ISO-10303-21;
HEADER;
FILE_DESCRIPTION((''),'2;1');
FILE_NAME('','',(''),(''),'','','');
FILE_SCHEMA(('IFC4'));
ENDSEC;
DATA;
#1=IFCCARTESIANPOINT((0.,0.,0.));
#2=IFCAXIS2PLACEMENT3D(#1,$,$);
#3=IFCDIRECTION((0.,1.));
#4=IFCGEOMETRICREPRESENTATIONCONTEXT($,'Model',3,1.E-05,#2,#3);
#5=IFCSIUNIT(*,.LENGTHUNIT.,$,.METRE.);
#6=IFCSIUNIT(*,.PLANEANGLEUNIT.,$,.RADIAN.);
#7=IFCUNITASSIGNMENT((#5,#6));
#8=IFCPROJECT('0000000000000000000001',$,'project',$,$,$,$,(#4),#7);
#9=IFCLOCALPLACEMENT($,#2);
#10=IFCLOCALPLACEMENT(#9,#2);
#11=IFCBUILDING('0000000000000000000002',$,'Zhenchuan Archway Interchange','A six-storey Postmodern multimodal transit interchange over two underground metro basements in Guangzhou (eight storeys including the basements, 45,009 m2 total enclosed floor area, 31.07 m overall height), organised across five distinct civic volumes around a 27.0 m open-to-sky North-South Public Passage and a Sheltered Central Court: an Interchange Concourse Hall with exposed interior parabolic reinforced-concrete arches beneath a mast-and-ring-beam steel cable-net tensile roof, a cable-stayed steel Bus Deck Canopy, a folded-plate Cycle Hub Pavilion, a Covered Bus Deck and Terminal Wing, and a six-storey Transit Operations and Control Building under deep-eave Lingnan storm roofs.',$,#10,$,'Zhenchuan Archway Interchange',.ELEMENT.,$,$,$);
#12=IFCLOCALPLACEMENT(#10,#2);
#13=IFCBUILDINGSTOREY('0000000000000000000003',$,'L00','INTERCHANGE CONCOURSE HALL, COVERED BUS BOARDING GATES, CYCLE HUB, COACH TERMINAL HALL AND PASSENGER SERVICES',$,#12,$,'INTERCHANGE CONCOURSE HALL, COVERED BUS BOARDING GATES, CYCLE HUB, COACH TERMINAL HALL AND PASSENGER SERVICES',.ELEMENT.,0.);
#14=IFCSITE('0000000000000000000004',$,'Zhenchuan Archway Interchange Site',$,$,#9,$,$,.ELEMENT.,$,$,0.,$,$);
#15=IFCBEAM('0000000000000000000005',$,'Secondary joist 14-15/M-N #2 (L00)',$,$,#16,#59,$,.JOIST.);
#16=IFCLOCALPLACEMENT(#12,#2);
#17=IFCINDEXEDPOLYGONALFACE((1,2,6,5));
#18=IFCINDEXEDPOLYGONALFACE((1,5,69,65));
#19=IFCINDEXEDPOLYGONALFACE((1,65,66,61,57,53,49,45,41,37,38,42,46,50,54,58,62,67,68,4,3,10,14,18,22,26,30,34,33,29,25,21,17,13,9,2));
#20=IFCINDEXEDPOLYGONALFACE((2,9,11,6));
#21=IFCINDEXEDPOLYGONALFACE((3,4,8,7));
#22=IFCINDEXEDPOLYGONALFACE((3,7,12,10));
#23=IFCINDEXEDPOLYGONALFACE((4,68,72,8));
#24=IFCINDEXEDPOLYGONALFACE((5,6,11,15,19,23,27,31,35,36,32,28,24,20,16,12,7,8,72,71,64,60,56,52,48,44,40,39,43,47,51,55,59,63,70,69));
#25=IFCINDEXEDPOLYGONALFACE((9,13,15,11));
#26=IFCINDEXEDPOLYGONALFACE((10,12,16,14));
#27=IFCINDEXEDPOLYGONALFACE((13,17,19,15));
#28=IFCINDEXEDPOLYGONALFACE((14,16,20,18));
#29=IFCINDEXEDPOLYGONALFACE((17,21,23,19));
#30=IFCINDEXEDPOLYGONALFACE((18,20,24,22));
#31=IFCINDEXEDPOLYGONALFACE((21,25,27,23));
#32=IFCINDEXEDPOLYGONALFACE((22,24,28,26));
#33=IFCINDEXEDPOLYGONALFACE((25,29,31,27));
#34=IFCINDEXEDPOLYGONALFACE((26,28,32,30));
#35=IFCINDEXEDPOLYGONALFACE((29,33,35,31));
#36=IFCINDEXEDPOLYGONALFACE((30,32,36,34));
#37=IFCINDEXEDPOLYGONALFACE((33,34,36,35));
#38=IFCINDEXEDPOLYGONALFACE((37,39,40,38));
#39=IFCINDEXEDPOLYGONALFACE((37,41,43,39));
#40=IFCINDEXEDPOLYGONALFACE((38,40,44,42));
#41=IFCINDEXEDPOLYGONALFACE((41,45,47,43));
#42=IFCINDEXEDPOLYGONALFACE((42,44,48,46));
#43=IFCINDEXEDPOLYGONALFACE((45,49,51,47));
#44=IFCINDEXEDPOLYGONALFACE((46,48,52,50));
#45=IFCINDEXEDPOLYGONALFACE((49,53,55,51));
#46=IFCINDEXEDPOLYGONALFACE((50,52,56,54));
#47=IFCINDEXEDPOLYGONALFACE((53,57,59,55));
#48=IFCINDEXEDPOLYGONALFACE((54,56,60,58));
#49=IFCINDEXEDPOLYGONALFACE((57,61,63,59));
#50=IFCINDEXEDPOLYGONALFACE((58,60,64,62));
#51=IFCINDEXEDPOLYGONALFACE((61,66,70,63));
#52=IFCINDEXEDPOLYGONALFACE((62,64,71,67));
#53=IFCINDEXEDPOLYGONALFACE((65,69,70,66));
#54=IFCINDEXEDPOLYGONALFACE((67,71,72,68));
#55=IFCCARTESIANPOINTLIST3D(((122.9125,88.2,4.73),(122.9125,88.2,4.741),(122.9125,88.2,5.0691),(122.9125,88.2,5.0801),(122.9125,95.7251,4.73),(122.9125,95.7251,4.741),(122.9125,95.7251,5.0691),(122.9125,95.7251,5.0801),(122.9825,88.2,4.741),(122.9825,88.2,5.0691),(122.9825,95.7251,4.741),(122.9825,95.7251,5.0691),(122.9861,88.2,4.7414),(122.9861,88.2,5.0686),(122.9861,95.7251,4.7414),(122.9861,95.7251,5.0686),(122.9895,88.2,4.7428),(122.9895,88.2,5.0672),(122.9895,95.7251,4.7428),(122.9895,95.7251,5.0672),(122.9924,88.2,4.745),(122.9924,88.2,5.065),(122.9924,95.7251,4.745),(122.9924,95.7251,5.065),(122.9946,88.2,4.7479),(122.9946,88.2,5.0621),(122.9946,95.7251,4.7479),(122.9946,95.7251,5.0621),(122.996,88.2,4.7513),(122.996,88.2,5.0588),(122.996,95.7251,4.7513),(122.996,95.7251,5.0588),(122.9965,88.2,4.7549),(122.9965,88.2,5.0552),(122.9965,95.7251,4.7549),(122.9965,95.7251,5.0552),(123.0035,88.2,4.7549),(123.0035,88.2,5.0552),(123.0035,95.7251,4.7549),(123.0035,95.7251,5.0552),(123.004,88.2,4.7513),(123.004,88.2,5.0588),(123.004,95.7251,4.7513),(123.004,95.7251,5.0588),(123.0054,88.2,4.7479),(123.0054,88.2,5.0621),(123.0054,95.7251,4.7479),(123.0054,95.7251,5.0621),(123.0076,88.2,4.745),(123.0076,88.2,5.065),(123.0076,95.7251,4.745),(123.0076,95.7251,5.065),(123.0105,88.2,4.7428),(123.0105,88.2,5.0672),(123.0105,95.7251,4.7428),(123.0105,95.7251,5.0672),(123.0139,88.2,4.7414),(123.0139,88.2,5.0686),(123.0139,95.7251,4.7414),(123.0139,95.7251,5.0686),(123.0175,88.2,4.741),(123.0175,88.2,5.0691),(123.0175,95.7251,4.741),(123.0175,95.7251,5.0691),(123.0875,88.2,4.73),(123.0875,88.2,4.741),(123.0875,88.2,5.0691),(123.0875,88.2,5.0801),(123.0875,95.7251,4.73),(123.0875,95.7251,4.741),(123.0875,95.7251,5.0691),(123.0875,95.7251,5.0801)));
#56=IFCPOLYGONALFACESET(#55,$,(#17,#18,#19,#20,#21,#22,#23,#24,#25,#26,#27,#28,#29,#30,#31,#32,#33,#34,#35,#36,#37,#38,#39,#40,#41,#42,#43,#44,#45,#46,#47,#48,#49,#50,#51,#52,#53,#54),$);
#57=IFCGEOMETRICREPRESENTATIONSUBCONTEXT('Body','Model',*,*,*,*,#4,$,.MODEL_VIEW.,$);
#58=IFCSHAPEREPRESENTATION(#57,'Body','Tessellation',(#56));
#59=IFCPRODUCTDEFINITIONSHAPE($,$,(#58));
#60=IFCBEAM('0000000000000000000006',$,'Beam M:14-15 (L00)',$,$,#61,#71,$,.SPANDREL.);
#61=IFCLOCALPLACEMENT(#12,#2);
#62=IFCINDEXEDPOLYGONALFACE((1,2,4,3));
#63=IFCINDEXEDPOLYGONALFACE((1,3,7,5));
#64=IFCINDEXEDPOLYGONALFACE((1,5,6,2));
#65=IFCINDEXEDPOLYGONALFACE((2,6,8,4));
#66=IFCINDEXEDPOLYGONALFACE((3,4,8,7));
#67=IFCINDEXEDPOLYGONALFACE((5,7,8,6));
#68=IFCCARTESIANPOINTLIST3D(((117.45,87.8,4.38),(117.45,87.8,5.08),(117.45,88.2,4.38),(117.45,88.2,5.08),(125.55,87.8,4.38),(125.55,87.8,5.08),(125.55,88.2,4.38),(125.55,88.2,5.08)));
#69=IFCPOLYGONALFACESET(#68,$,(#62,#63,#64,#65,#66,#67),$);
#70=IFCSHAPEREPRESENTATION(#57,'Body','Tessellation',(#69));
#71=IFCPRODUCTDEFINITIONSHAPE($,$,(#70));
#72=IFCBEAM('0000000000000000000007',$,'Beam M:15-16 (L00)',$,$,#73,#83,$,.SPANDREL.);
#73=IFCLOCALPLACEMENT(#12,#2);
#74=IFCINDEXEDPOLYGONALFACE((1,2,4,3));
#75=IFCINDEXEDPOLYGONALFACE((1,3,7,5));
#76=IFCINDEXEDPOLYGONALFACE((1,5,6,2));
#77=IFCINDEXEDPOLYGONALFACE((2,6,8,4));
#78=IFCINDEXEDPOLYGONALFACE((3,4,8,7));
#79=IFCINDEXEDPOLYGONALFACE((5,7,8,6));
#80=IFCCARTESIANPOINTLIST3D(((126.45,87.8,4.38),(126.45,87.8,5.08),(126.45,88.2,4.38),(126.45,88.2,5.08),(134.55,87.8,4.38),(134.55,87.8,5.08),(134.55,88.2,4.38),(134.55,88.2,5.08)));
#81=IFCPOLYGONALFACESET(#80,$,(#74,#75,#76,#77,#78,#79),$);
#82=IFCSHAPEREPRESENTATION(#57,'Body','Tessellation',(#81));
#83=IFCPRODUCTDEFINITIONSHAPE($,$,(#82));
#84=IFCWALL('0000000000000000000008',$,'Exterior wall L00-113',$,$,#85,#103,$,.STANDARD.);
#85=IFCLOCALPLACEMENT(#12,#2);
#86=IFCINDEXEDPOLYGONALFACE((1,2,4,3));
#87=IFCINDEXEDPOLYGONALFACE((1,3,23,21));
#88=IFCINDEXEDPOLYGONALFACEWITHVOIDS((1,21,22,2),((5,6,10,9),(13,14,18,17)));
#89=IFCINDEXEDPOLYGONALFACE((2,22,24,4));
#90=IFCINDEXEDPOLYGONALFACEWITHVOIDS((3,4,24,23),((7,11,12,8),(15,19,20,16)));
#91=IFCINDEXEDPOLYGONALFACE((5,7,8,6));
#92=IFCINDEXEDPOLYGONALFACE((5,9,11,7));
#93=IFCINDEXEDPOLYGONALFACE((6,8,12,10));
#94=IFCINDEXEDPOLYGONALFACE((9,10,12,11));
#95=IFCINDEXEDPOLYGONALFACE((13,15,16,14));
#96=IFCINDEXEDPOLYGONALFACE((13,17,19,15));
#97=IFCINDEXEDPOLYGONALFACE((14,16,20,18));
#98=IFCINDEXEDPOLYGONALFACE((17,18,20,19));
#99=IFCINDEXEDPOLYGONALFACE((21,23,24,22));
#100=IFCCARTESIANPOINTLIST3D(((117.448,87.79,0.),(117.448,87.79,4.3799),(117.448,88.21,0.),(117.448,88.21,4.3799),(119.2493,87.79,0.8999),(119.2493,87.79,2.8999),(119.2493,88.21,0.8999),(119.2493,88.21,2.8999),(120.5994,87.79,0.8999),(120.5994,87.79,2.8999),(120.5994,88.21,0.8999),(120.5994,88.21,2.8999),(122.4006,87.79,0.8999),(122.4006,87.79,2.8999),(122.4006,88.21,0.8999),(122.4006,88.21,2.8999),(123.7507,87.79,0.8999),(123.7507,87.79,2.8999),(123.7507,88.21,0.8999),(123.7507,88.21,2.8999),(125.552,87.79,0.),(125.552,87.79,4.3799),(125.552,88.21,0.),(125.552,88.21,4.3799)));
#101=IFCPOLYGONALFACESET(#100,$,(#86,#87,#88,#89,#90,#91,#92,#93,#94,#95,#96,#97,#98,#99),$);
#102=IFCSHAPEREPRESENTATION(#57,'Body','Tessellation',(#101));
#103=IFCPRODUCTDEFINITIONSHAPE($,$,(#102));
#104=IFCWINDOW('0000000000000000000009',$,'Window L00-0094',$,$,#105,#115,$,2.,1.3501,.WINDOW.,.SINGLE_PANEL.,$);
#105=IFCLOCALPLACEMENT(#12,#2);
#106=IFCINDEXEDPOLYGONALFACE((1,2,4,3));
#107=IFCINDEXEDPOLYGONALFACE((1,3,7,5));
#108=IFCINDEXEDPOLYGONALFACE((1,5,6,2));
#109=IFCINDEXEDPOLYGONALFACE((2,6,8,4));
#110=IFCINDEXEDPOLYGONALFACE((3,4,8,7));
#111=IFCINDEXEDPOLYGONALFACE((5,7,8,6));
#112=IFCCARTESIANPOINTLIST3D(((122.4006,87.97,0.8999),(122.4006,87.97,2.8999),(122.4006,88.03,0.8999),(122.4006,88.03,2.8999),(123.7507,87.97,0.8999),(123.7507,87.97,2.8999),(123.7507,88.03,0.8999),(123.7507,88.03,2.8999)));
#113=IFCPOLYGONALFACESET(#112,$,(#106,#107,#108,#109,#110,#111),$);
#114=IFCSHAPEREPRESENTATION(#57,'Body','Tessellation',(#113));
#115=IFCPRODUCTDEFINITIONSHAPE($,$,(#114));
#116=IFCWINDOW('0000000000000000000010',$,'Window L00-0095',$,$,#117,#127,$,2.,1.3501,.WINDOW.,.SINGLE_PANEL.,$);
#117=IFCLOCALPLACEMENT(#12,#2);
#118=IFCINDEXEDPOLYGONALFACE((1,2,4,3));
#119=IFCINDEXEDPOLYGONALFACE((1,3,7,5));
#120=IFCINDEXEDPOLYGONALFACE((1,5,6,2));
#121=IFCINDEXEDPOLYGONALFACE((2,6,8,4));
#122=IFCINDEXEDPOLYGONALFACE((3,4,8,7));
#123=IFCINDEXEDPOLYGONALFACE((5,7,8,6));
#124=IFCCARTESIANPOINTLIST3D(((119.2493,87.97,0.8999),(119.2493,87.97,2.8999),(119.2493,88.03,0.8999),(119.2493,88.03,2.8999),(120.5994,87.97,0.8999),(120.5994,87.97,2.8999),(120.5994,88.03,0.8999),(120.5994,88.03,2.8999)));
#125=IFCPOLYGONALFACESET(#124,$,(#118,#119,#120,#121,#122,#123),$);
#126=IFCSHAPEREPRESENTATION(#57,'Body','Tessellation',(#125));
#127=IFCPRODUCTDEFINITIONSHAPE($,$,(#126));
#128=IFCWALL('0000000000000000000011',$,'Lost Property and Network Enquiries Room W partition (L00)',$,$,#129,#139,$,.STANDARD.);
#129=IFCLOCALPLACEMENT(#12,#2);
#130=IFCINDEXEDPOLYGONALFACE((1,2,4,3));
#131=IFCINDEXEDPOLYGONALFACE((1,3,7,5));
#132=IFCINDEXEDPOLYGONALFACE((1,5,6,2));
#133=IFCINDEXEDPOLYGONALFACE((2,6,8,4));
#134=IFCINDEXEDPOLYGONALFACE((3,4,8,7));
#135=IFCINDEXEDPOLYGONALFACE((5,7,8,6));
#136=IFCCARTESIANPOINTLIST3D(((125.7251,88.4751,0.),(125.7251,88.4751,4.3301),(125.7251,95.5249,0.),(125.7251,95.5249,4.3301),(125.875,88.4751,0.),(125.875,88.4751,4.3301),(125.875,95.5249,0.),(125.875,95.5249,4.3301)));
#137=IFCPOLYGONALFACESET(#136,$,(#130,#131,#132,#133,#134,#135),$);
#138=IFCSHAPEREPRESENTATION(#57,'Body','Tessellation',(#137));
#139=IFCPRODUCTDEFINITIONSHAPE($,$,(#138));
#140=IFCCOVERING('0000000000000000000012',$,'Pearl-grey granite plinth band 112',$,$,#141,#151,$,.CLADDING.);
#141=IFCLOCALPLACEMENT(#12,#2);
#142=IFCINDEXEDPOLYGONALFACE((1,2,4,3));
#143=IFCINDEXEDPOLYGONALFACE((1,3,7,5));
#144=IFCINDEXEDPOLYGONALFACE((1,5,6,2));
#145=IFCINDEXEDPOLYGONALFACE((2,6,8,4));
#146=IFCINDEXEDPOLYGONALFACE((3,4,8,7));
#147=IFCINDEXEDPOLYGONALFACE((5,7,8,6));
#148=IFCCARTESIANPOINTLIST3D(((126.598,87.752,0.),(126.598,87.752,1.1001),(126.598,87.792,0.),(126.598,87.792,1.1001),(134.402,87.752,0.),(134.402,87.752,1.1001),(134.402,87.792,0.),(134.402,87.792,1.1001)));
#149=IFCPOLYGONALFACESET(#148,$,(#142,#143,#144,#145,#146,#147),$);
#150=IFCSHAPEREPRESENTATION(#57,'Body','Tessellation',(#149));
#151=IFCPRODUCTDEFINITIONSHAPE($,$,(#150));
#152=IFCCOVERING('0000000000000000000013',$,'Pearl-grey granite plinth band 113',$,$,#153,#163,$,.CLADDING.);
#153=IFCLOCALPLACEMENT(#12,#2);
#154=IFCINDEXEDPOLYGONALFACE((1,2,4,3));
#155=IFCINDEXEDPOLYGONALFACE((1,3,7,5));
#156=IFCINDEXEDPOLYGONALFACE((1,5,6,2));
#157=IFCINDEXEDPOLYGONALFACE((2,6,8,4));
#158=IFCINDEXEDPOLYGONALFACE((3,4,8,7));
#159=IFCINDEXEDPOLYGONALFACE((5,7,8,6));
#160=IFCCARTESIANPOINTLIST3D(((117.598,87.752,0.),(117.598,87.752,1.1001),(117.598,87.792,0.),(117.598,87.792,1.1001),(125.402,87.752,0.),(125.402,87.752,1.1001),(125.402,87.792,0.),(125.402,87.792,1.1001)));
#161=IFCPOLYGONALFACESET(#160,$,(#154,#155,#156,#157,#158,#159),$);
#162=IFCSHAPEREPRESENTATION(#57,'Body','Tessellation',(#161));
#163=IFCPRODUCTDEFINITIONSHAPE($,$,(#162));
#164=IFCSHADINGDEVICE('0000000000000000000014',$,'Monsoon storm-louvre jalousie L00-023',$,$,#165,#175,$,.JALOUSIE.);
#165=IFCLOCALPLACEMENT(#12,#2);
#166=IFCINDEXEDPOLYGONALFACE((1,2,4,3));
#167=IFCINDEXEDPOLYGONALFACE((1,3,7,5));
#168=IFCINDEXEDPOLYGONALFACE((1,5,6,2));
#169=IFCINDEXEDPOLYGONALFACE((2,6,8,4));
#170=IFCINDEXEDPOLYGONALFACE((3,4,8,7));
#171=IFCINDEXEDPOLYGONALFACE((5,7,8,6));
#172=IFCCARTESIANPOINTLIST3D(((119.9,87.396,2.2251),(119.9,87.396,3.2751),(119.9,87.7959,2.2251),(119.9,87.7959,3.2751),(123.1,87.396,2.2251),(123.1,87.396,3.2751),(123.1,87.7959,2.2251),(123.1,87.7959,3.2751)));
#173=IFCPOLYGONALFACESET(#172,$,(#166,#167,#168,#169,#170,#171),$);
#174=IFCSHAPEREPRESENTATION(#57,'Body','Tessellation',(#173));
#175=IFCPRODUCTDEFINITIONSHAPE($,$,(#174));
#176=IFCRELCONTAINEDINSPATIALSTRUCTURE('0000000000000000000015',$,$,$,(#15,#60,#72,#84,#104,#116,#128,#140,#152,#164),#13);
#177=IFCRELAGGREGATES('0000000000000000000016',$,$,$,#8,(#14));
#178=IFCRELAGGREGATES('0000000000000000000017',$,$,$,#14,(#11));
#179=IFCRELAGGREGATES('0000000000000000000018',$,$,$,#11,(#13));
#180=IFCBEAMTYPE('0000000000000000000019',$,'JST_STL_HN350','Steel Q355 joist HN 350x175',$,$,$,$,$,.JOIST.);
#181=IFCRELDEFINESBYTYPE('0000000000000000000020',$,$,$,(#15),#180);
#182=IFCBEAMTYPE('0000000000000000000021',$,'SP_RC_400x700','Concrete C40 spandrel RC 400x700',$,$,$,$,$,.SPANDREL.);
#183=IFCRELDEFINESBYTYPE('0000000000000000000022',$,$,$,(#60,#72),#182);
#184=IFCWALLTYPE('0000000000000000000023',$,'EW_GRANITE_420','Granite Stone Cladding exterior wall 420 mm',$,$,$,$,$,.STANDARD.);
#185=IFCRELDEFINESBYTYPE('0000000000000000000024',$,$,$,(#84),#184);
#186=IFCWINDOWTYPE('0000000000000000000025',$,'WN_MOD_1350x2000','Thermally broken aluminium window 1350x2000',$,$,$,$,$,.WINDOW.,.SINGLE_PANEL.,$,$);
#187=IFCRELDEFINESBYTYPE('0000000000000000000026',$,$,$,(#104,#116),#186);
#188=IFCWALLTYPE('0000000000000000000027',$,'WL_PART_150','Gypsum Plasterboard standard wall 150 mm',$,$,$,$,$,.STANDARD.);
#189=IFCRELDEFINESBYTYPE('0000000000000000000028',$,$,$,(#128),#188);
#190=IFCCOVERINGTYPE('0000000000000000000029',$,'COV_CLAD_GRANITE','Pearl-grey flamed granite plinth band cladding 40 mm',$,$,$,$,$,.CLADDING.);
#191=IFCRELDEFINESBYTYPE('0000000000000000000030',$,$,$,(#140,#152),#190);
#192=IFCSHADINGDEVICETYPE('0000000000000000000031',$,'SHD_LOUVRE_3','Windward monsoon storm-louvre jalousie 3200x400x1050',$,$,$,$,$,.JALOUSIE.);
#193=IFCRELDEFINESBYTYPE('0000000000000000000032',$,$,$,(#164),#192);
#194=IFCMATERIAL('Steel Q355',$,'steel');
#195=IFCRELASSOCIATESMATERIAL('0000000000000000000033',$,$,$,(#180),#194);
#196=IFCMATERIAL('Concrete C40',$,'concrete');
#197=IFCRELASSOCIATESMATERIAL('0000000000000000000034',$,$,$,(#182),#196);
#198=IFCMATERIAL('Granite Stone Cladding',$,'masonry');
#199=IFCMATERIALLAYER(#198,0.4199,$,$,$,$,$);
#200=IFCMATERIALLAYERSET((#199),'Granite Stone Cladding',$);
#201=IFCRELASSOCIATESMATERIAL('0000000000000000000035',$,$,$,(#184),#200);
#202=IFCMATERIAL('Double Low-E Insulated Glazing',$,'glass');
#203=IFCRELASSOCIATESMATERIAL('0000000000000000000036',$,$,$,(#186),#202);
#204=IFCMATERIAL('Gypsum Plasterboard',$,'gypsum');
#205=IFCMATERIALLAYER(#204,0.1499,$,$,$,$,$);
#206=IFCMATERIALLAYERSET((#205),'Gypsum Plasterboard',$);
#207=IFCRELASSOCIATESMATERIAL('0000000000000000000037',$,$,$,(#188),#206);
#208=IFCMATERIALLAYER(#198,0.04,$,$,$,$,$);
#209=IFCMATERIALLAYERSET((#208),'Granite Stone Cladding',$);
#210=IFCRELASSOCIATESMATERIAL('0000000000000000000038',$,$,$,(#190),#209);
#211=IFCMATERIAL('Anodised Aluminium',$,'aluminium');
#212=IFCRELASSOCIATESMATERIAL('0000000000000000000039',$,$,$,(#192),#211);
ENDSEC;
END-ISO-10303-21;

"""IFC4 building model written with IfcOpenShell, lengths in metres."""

from ifc_helpers import new_model, si_unit, direction, frame, frame_2d, origin, origin_2d, place, context, subcontext, project, spatial, rectangle, i_section, extrude, material, layer, layer_set, material_profile, profile_set, type_object, element, fill, save


model = new_model("IFC4")

# Units and contexts
model_context = context("Model", 3, precision=1e-05, world=origin(), true_north=direction((0.0, 1.0)))
body_context = subcontext(model_context, "Body", "Model", "MODEL_VIEW")
ifc_project = project(units=[si_unit("LENGTHUNIT", "METRE"), si_unit("PLANEANGLEUNIT", "RADIAN")], contexts=[model_context])

# Site, building, storey
site_placement = place(None, origin())
site = spatial("IfcSite", under=ifc_project, at=site_placement, Name="Zhenchuan Archway Interchange Site", CompositionType="ELEMENT", RefElevation=0.0)
building_placement = place(site_placement, origin())
building = spatial("IfcBuilding", under=site, at=building_placement, Name="Zhenchuan Archway Interchange", Description="A six-storey Postmodern multimodal transit interchange over two underground metro basements in Guangzhou (eight storeys including the basements, 45,009 m2 total enclosed floor area, 31.07 m overall height), organised across five distinct civic volumes around a 27.0 m open-to-sky North-South Public Passage and a Sheltered Central Court: an Interchange Concourse Hall with exposed interior parabolic reinforced-concrete arches beneath a mast-and-ring-beam steel cable-net tensile roof, a cable-stayed steel Bus Deck Canopy, a folded-plate Cycle Hub Pavilion, a Covered Bus Deck and Terminal Wing, and a six-storey Transit Operations and Control Building under deep-eave Lingnan storm roofs.", LongName="Zhenchuan Archway Interchange", CompositionType="ELEMENT")
storey_placement = place(building_placement, origin())
storey = spatial("IfcBuildingStorey", under=building, at=storey_placement, Name="L00", Description="INTERCHANGE CONCOURSE HALL, COVERED BUS BOARDING GATES, CYCLE HUB, COACH TERMINAL HALL AND PASSENGER SERVICES", LongName="INTERCHANGE CONCOURSE HALL, COVERED BUS BOARDING GATES, CYCLE HUB, COACH TERMINAL HALL AND PASSENGER SERVICES", CompositionType="ELEMENT", Elevation=0.0)

# Shared definitions
ifc_material_1 = material(Name="Concrete C40", Category="concrete")

# Beams
ifc_material_2 = material(Name="Steel Q355", Category="steel")
ifc_material_profile_1 = material_profile(ifc_material_2, i_section(OverallWidth=0.175, OverallDepth=0.3501, WebThickness=0.0071, FlangeThickness=0.011, FilletRadius=0.0139, at=origin_2d()), Name="HN 350x175")
ifc_profile_set_1 = profile_set([ifc_material_profile_1], Name="Steel Q355")
beam_type_1 = type_object("IfcBeamType", Name="JST_STL_HN350", Description="Steel Q355 joist HN 350x175", PredefinedType="JOIST", material=ifc_profile_set_1)
beam_1_placement = place(storey_placement, frame((123.0, 88.2, 4.905), z_axis=(0.0, 1.0, 0.0), x_axis=(-1.0, 0.0, 0.0)))
element("IfcBeam", 1, at=beam_1_placement, inside=storey, type_object=beam_type_1, Name="Secondary joist 14-15/M-N #2 (L00)", PredefinedType="JOIST", context=body_context, shape_type="SweptSolid", body=[
    extrude(i_section(OverallWidth=0.175, OverallDepth=0.3501, WebThickness=0.0071, FlangeThickness=0.011, FilletRadius=0.0139, at=origin_2d()), origin(), (0.0, 0.0, 1.0), 7.5251),
])
ifc_material_profile_2 = material_profile(ifc_material_1, rectangle(XDim=0.3999, YDim=0.7, at=origin_2d()), Name="RC 400x700")
ifc_profile_set_2 = profile_set([ifc_material_profile_2], Name="Concrete C40")
beam_type_2 = type_object("IfcBeamType", Name="SP_RC_400x700", Description="Concrete C40 spandrel RC 400x700", PredefinedType="SPANDREL", material=ifc_profile_set_2)
for number, where, z_axis, x_axis, name in (
    (2, (117.45, 88.0, 4.73), (1.0, 0.0, 0.0), (0.0, 1.0, 0.0), "Beam M:14-15 (L00)"),
    (3, (126.45, 88.0, 4.73), (1.0, 0.0, 0.0), (0.0, 1.0, 0.0), "Beam M:15-16 (L00)"),
):
    element("IfcBeam", number, at=place(storey_placement, frame(where, z_axis=z_axis, x_axis=x_axis)), inside=storey, type_object=beam_type_2, Name=name, PredefinedType="SPANDREL", context=body_context, shape_type="SweptSolid", body=[
        extrude(rectangle(XDim=0.3999, YDim=0.7, at=origin_2d()), origin(), (0.0, 0.0, 1.0), 8.1001),
    ])

# Wall, openings, windows
ifc_material_3 = material(Name="Granite Stone Cladding", Category="masonry")
ifc_layer_1 = layer(ifc_material_3, 0.4199)
ifc_layer_set_1 = layer_set([ifc_layer_1], Name="Granite Stone Cladding")
wall_type_1 = type_object("IfcWallType", Name="EW_GRANITE_420", Description="Granite Stone Cladding exterior wall 420 mm", PredefinedType="STANDARD", material=ifc_layer_set_1)
wall_1_placement = place(storey_placement, frame((125.552, 88.0, 0.0), z_axis=(0.0, 0.0, 1.0), x_axis=(-1.0, 0.0, 0.0)))
wall_1 = element("IfcWall", 4, at=wall_1_placement, inside=storey, type_object=wall_type_1, Name="Exterior wall L00-113", PredefinedType="STANDARD", context=body_context, shape_type="SweptSolid", body=[
    extrude(rectangle(XDim=8.104, YDim=0.4199, at=frame_2d((4.052, 0.0))), origin(), (0.0, 0.0, 1.0), 4.3799),
])
opening_1_placement = place(wall_1_placement, frame((1.8013, 0.0, 0.8999)))
opening_1 = element("IfcOpeningElement", 5, at=opening_1_placement, cuts=wall_1, PredefinedType="OPENING", context=body_context, shape_type="SweptSolid", body=[
    extrude(rectangle(XDim=1.3501, YDim=2.0, at=frame_2d((0.675, 1.0))), frame((0.0, 0.2219, 0.0), z_axis=(0.0, -1.0, 0.0), x_axis=(1.0, 0.0, 0.0)), (0.0, 0.0, 1.0), 0.4438),
])
opening_2_placement = place(wall_1_placement, frame((4.9526, 0.0, 0.8999)))
opening_2 = element("IfcOpeningElement", 6, at=opening_2_placement, cuts=wall_1, PredefinedType="OPENING", context=body_context, shape_type="SweptSolid", body=[
    extrude(rectangle(XDim=1.3501, YDim=2.0, at=frame_2d((0.675, 1.0))), frame((0.0, 0.2219, 0.0), z_axis=(0.0, -1.0, 0.0), x_axis=(1.0, 0.0, 0.0)), (0.0, 0.0, 1.0), 0.4438),
])
ifc_material_4 = material(Name="Double Low-E Insulated Glazing", Category="glass")
window_type = type_object("IfcWindowType", Name="WN_MOD_1350x2000", Description="Thermally broken aluminium window 1350x2000", PartitioningType="SINGLE_PANEL", PredefinedType="WINDOW", material=ifc_material_4)
window_1_placement = place(opening_1_placement, origin())
window_1 = element("IfcWindow", 7, at=window_1_placement, inside=storey, type_object=window_type, Name="Window L00-0094", OverallHeight=2.0, OverallWidth=1.3501, PartitioningType="SINGLE_PANEL", PredefinedType="WINDOW", context=body_context, shape_type="SweptSolid", body=[
    extrude(rectangle(XDim=1.3501, YDim=2.0, at=frame_2d((0.675, 1.0))), frame((0.0, 0.03, 0.0), z_axis=(0.0, -1.0, 0.0), x_axis=(1.0, 0.0, 0.0)), (0.0, 0.0, 1.0), 0.0601),
])
fill(opening_1, window_1)
window_2_placement = place(opening_2_placement, origin())
window_2 = element("IfcWindow", 8, at=window_2_placement, inside=storey, type_object=window_type, Name="Window L00-0095", OverallHeight=2.0, OverallWidth=1.3501, PartitioningType="SINGLE_PANEL", PredefinedType="WINDOW", context=body_context, shape_type="SweptSolid", body=[
    extrude(rectangle(XDim=1.3501, YDim=2.0, at=frame_2d((0.675, 1.0))), frame((0.0, 0.03, 0.0), z_axis=(0.0, -1.0, 0.0), x_axis=(1.0, 0.0, 0.0)), (0.0, 0.0, 1.0), 0.0601),
])
fill(opening_2, window_2)

# Wall
ifc_material_5 = material(Name="Gypsum Plasterboard", Category="gypsum")
ifc_layer_2 = layer(ifc_material_5, 0.1499)
ifc_layer_set_2 = layer_set([ifc_layer_2], Name="Gypsum Plasterboard")
wall_type_2 = type_object("IfcWallType", Name="WL_PART_150", Description="Gypsum Plasterboard standard wall 150 mm", PredefinedType="STANDARD", material=ifc_layer_set_2)
wall_2_placement = place(storey_placement, frame((125.8, 88.4751, 0.0), z_axis=(0.0, 0.0, 1.0), x_axis=(0.0, 1.0, 0.0)))
element("IfcWall", 9, at=wall_2_placement, inside=storey, type_object=wall_type_2, Name="Lost Property and Network Enquiries Room W partition (L00)", PredefinedType="STANDARD", context=body_context, shape_type="SweptSolid", body=[
    extrude(rectangle(XDim=7.0498, YDim=0.1499, at=frame_2d((3.5249, 0.0))), origin(), (0.0, 0.0, 1.0), 4.3301),
])

# Coverings
ifc_layer_3 = layer(ifc_material_3, 0.04)
ifc_layer_set_3 = layer_set([ifc_layer_3], Name="Granite Stone Cladding")
covering_type = type_object("IfcCoveringType", Name="COV_CLAD_GRANITE", Description="Pearl-grey flamed granite plinth band cladding 40 mm", PredefinedType="CLADDING", material=ifc_layer_set_3)
for number, where, z_axis, x_axis, name in (
    (10, (130.5, 87.772, 0.0), (0.0, 0.0, 1.0), (-1.0, 0.0, 0.0), "Pearl-grey granite plinth band 112"),
    (11, (121.5, 87.772, 0.0), (0.0, 0.0, 1.0), (-1.0, 0.0, 0.0), "Pearl-grey granite plinth band 113"),
):
    element("IfcCovering", number, at=place(storey_placement, frame(where, z_axis=z_axis, x_axis=x_axis)), inside=storey, type_object=covering_type, Name=name, PredefinedType="CLADDING", context=body_context, shape_type="SweptSolid", body=[
        extrude(rectangle(XDim=7.804, YDim=0.04, at=origin_2d()), origin(), (0.0, 0.0, 1.0), 1.1001),
    ])

# Shading device
ifc_material_6 = material(Name="Anodised Aluminium", Category="aluminium")
shading_device_type = type_object("IfcShadingDeviceType", Name="SHD_LOUVRE_3", Description="Windward monsoon storm-louvre jalousie 3200x400x1050", PredefinedType="JALOUSIE", material=ifc_material_6)
shading_device_placement = place(storey_placement, frame((121.5, 87.5959, 2.2251), z_axis=(0.0, 0.0, 1.0), x_axis=(-1.0, 0.0, 0.0)))
element("IfcShadingDevice", 12, at=shading_device_placement, inside=storey, type_object=shading_device_type, Name="Monsoon storm-louvre jalousie L00-023", PredefinedType="JALOUSIE", context=body_context, shape_type="SweptSolid", body=[
    extrude(rectangle(XDim=3.2, YDim=0.3999, at=origin_2d()), origin(), (0.0, 0.0, 1.0), 1.05),
])

save(model, "model.ifc")
